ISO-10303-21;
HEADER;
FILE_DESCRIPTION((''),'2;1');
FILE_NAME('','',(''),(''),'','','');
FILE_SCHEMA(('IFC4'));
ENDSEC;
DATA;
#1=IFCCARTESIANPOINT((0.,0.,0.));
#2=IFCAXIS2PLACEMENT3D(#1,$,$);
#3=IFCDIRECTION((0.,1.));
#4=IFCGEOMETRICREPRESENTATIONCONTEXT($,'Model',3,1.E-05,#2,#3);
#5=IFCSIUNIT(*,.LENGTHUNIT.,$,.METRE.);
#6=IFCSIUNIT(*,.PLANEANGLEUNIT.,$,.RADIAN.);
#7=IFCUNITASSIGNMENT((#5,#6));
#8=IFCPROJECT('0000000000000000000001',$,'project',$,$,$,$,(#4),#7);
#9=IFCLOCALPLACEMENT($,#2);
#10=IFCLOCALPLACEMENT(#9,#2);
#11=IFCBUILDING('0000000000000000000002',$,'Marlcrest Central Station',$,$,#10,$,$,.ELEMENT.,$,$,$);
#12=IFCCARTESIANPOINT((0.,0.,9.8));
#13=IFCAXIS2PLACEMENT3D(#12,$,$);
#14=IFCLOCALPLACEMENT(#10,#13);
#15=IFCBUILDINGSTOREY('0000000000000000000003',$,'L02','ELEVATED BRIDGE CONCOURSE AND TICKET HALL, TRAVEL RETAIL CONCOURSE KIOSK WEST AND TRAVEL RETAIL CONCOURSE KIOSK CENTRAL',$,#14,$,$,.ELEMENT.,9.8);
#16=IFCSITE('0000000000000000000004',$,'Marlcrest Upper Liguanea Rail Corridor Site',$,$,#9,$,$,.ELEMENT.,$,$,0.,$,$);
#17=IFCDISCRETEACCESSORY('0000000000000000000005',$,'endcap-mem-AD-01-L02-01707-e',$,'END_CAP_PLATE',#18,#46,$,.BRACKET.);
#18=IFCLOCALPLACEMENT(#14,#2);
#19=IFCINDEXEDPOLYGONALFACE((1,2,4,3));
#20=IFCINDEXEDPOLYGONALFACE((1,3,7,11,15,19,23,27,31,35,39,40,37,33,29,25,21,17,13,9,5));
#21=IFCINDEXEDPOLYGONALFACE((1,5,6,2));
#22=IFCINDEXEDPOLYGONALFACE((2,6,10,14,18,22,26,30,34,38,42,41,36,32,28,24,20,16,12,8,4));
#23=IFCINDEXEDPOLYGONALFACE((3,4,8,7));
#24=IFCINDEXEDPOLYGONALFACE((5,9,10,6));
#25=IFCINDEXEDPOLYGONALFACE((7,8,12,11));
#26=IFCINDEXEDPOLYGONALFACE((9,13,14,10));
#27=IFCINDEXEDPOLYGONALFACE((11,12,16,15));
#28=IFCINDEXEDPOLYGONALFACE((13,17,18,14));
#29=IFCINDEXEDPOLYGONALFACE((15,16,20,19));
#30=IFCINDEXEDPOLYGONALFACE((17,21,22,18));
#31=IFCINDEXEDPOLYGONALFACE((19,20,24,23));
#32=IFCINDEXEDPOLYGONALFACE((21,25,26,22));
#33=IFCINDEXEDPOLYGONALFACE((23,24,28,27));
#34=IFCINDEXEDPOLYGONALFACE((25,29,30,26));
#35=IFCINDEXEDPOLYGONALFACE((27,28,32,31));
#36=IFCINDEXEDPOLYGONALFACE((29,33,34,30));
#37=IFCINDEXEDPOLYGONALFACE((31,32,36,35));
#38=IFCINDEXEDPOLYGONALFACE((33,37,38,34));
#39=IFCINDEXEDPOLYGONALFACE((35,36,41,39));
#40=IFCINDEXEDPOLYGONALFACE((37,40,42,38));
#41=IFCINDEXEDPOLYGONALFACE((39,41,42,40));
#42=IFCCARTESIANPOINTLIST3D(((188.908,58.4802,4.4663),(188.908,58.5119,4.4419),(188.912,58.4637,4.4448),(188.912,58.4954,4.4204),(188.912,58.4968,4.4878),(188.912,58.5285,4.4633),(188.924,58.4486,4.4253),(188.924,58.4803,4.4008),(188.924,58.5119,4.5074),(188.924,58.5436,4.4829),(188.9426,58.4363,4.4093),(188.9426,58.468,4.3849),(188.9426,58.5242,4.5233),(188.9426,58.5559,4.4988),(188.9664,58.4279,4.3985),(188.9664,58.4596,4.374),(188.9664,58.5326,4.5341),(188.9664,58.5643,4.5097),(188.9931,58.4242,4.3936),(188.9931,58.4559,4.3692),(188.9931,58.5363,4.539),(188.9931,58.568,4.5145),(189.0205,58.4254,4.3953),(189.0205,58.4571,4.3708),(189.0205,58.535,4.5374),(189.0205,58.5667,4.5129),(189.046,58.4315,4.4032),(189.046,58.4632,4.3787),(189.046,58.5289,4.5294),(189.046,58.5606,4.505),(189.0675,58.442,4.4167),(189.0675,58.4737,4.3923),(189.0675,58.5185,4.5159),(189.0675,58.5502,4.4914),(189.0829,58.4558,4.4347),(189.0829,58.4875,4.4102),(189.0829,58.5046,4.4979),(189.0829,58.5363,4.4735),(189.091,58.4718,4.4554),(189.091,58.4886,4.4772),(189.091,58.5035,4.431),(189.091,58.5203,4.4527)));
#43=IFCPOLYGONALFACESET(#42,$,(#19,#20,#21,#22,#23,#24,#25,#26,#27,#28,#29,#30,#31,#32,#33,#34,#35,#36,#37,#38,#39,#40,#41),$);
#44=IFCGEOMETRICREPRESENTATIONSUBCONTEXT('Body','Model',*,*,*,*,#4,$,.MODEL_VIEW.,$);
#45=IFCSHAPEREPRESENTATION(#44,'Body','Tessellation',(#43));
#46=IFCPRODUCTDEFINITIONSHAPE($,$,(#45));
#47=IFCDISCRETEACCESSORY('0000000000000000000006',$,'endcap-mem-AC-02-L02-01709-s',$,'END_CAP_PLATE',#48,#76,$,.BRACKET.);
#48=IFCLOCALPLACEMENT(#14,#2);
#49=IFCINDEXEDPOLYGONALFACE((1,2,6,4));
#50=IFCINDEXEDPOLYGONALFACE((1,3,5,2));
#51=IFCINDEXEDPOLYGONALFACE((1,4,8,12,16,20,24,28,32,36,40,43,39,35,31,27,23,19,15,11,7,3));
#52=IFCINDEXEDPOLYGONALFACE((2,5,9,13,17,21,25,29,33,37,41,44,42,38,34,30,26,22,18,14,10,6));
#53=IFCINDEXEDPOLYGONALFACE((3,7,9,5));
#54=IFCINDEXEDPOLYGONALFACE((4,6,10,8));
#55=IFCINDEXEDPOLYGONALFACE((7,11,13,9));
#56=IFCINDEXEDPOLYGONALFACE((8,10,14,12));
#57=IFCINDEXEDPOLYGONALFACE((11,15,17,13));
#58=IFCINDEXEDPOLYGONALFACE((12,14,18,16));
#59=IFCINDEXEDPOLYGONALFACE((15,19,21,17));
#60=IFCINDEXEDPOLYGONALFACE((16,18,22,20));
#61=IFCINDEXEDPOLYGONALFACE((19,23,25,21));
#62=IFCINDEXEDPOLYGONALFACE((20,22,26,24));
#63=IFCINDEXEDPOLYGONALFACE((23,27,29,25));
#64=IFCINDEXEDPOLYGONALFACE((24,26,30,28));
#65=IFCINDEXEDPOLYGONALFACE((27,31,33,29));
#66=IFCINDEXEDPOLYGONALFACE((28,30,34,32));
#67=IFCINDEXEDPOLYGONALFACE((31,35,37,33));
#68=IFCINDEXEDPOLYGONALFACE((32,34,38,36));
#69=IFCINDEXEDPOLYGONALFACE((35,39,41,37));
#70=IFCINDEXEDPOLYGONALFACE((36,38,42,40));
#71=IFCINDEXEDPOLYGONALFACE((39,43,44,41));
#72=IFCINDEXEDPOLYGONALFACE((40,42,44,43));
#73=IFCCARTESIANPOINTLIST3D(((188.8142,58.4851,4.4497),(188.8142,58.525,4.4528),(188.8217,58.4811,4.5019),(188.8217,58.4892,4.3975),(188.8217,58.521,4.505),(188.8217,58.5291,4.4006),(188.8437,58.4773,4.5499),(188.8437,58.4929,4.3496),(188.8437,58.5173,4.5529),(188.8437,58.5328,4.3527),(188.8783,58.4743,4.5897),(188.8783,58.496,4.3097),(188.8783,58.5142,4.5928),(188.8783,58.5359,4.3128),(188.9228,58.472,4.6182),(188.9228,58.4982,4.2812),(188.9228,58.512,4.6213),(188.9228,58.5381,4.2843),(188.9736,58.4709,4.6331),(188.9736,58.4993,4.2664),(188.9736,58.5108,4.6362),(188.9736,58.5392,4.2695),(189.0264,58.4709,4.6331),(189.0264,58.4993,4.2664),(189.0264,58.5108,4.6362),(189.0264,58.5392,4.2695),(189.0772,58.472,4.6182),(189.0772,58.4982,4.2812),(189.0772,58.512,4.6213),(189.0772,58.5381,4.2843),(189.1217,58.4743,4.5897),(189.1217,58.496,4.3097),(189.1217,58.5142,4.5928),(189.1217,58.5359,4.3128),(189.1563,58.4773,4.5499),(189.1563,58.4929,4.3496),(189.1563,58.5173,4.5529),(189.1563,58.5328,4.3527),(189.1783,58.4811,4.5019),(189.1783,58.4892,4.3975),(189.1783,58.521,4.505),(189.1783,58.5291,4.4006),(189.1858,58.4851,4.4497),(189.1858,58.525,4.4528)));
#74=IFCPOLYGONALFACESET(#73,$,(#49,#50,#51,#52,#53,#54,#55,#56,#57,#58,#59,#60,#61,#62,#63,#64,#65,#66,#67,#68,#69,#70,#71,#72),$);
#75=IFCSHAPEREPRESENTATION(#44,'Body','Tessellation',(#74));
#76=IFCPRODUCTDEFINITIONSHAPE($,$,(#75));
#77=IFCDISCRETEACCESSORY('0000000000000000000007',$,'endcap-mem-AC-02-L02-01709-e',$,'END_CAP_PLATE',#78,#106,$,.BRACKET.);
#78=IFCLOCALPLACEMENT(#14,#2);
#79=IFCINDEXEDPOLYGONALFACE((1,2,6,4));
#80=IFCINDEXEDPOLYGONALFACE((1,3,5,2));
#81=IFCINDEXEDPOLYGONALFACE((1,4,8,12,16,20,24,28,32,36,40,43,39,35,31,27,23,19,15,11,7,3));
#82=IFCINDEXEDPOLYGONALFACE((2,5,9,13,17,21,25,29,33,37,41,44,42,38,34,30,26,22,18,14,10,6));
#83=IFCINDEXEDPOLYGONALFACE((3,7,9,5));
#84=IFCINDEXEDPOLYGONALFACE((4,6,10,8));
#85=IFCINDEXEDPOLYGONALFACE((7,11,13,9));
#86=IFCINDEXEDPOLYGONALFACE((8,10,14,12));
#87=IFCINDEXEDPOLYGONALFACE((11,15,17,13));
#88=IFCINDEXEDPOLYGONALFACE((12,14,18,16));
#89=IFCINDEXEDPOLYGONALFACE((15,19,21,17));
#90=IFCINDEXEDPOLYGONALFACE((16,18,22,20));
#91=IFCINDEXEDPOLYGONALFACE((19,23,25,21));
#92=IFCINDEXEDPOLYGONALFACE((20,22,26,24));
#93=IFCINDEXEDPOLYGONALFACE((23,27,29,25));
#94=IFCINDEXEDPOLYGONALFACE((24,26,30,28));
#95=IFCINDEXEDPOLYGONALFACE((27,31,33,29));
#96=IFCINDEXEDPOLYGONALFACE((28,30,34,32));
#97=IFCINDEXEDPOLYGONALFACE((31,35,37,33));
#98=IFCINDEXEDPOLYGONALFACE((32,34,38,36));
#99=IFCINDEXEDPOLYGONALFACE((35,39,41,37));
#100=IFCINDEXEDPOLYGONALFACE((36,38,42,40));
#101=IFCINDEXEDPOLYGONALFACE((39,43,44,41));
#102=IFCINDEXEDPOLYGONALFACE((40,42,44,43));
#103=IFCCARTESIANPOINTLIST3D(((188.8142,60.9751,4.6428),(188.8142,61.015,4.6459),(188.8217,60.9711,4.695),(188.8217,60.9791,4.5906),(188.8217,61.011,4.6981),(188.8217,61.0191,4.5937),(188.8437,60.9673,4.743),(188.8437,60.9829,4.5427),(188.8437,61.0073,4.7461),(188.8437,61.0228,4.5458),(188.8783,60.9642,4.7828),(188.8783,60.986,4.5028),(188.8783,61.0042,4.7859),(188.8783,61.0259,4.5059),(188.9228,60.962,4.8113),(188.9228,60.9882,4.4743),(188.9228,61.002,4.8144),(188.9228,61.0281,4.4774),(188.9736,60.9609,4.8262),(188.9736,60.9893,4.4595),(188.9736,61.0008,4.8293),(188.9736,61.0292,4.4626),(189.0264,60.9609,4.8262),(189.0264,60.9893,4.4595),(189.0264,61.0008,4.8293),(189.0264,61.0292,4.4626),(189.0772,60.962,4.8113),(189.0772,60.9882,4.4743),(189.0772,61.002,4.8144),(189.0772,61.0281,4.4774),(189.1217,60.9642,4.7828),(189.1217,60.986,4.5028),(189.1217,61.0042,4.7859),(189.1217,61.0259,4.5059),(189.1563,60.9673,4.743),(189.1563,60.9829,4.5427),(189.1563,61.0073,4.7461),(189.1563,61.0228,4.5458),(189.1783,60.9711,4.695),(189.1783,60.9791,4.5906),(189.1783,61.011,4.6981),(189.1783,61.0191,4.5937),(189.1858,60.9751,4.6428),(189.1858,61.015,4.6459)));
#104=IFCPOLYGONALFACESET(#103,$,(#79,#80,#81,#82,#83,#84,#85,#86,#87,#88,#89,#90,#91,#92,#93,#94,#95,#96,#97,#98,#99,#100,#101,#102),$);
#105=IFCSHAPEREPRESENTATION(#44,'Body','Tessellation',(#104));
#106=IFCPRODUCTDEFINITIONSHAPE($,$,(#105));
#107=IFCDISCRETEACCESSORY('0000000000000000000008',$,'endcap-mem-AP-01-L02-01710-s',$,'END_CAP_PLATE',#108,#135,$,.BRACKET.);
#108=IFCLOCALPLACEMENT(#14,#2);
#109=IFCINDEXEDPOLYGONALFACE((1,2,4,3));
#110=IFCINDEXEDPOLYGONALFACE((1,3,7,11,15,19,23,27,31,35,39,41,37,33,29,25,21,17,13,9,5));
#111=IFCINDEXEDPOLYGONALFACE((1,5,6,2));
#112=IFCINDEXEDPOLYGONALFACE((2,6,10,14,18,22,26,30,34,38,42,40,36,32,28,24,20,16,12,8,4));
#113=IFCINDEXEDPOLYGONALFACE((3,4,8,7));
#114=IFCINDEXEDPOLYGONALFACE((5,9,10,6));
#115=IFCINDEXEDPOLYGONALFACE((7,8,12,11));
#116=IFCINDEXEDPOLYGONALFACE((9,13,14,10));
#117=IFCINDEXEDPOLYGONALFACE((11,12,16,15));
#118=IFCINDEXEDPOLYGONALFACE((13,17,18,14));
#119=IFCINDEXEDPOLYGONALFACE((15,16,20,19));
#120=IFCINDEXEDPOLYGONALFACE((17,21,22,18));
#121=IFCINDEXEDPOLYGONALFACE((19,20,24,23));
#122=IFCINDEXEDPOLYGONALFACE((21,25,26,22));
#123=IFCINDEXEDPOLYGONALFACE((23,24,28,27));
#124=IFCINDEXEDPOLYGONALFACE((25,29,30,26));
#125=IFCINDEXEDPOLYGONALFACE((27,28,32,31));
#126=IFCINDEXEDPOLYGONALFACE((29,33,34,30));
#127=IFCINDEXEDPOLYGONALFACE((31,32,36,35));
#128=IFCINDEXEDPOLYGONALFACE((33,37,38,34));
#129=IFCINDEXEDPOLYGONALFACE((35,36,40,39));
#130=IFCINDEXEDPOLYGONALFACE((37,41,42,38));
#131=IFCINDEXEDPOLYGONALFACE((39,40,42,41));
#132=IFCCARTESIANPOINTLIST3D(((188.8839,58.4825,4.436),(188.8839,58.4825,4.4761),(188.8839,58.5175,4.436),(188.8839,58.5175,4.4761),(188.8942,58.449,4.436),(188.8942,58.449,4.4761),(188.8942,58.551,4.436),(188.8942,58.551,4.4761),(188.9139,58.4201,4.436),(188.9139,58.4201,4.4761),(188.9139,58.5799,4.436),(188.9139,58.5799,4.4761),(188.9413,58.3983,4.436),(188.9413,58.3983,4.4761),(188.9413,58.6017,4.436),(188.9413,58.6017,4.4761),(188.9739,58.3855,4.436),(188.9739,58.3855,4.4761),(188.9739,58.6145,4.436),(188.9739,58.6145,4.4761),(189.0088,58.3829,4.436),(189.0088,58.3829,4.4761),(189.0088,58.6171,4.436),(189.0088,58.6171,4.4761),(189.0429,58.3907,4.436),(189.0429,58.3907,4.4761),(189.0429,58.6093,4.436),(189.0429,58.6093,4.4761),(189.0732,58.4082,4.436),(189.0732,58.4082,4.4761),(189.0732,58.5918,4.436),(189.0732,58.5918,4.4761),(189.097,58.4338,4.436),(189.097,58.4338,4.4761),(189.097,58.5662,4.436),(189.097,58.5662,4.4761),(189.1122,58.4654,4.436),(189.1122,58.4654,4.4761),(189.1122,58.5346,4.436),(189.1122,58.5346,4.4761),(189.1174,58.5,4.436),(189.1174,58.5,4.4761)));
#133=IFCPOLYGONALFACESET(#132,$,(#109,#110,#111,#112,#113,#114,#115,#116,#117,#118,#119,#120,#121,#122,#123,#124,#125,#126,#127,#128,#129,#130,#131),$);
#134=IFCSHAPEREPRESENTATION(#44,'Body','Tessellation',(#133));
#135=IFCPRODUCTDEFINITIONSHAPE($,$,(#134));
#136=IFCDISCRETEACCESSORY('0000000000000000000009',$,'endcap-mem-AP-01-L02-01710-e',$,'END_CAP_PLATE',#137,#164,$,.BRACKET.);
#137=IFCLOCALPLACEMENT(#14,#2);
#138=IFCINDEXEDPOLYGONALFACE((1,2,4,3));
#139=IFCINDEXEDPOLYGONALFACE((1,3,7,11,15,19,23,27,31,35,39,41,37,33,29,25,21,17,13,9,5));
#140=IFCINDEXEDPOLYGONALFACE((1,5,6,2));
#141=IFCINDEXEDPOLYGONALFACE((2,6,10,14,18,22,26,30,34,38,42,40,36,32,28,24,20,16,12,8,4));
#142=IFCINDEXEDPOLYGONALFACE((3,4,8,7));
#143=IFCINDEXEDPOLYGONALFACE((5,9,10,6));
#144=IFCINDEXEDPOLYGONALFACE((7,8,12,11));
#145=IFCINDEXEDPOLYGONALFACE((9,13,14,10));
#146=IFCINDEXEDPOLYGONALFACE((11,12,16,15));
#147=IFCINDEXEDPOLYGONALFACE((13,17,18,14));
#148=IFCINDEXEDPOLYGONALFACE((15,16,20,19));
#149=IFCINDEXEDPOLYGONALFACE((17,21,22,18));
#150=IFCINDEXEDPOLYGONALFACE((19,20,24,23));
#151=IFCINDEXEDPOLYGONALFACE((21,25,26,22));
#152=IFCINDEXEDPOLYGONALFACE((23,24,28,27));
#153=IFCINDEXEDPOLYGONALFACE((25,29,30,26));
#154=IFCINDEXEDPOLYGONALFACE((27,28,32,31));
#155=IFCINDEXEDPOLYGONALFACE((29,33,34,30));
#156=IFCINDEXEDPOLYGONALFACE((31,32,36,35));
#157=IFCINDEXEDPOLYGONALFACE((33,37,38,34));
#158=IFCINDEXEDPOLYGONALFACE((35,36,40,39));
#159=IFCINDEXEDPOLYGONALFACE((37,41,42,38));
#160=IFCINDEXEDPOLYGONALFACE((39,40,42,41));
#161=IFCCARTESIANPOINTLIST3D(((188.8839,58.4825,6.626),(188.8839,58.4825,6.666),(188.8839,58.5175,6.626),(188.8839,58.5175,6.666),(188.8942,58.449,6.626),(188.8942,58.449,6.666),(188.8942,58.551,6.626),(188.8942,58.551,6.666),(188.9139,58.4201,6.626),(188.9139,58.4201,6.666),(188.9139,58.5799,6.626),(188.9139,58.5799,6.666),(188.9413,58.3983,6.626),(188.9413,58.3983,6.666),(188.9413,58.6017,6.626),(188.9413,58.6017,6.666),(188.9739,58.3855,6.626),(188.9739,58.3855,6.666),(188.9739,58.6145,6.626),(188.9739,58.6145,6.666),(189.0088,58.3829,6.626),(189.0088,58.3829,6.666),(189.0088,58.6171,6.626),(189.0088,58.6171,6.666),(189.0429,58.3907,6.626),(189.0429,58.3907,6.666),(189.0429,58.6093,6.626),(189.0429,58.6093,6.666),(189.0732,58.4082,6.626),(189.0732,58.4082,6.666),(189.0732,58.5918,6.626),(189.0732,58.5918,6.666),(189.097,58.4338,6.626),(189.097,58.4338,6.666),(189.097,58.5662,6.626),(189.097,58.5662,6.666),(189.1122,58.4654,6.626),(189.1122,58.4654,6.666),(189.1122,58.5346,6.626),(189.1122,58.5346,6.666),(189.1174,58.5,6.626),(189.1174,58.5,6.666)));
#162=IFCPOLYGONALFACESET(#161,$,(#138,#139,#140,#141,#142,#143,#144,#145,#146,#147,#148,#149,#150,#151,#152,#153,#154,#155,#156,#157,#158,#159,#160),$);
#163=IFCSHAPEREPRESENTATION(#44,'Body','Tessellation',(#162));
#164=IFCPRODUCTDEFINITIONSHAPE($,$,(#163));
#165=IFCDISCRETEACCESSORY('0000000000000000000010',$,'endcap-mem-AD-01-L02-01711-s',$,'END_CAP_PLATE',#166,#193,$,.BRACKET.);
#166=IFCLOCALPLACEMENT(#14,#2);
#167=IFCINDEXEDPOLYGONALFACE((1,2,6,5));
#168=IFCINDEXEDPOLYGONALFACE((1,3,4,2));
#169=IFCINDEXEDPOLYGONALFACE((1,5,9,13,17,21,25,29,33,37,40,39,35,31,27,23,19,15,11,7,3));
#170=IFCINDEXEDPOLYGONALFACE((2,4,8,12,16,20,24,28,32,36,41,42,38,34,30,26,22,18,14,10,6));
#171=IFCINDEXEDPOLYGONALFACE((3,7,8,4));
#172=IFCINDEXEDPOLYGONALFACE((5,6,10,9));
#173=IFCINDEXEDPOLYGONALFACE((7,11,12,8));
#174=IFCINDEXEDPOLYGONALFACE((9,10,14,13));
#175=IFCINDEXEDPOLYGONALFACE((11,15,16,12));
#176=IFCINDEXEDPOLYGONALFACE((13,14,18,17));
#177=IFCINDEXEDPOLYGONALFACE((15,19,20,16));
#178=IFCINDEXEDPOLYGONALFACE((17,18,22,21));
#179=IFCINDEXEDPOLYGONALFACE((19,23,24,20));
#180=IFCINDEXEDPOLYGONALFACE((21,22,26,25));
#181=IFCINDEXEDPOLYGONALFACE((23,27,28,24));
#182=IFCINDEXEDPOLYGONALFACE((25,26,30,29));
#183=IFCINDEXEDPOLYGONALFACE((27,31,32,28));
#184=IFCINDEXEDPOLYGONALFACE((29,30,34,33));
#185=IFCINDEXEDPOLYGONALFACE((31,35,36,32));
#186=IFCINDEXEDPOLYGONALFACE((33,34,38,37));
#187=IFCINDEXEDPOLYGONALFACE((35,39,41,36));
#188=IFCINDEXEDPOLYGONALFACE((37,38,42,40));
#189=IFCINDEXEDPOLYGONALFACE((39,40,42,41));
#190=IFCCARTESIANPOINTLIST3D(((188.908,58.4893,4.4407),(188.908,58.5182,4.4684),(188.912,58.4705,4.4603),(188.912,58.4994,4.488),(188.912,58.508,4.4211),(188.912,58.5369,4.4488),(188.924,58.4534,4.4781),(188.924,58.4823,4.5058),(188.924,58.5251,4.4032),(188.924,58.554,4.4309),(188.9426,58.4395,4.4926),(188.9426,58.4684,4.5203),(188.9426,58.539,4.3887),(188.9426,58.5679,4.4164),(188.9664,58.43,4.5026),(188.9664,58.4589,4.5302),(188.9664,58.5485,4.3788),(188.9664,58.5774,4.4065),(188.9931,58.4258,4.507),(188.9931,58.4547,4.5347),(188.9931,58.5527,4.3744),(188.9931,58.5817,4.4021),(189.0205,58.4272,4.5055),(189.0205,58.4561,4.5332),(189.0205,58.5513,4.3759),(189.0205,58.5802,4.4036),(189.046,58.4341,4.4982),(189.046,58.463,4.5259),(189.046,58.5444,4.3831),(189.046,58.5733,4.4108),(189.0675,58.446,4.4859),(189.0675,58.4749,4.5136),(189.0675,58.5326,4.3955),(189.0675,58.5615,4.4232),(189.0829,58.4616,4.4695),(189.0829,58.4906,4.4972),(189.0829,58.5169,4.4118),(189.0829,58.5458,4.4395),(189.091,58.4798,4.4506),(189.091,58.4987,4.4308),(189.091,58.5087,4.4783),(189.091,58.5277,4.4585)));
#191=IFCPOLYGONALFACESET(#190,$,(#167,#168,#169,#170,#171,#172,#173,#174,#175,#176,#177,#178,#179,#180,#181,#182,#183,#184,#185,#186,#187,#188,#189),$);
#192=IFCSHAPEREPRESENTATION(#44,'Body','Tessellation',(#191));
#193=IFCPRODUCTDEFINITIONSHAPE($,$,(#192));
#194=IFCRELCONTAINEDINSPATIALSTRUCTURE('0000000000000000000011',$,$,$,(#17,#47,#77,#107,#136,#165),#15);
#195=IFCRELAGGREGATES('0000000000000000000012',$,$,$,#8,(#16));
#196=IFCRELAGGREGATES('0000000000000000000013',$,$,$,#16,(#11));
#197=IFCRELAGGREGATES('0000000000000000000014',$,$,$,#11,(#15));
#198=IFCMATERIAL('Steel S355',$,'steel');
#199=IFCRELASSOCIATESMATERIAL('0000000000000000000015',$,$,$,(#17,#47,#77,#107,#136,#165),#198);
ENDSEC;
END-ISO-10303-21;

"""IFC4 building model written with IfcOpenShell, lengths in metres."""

from ifc_helpers import new_model, si_unit, direction, frame, origin, origin_2d, place, context, subcontext, project, spatial, circle, extrude, material, element, save


model = new_model("IFC4")

# Units and contexts
model_context = context("Model", 3, precision=1e-05, world=origin(), true_north=direction((0.0, 1.0)))
body_context = subcontext(model_context, "Body", "Model", "MODEL_VIEW")
ifc_project = project(units=[si_unit("LENGTHUNIT", "METRE"), si_unit("PLANEANGLEUNIT", "RADIAN")], contexts=[model_context])

# Site, building, storey
site_placement = place(None, origin())
site = spatial("IfcSite", under=ifc_project, at=site_placement, Name="Marlcrest Upper Liguanea Rail Corridor Site", CompositionType="ELEMENT", RefElevation=0.0)
building_placement = place(site_placement, origin())
building = spatial("IfcBuilding", under=site, at=building_placement, Name="Marlcrest Central Station", CompositionType="ELEMENT")
storey_placement = place(building_placement, frame((0.0, 0.0, 9.8)))
storey = spatial("IfcBuildingStorey", under=building, at=storey_placement, Name="L02", Description="ELEVATED BRIDGE CONCOURSE AND TICKET HALL, TRAVEL RETAIL CONCOURSE KIOSK WEST AND TRAVEL RETAIL CONCOURSE KIOSK CENTRAL", CompositionType="ELEMENT", Elevation=9.8)

# Shared definitions
ifc_material = material(Name="Steel S355", Category="steel")

# Discrete accessories
discrete_accessory_1_placement = place(storey_placement, frame((189.0, 58.4802, 4.4663), z_axis=(0.0, 0.791798, -0.610783), x_axis=(-1.0, 0.0, 0.0)))
element("IfcDiscreteAccessory", 1, at=discrete_accessory_1_placement, inside=storey, material=ifc_material, Name="endcap-mem-AD-01-L02-01707-e", ObjectType="END_CAP_PLATE", PredefinedType="BRACKET", context=body_context, shape_type="SweptSolid", body=[
    extrude(circle(Radius=0.092, at=origin_2d()), origin(), (0.0, 0.0, 1.0), 0.04),
])
for number, where, z_axis, x_axis, name in (
    (2, (189.0, 58.4851, 4.4497), (0.0, 0.997007, 0.077307), (-1.0, 0.0, 0.0), "endcap-mem-AC-02-L02-01709-s"),
    (3, (189.0, 60.9751, 4.6428), (0.0, 0.997007, 0.077307), (-1.0, 0.0, 0.0), "endcap-mem-AC-02-L02-01709-e"),
):
    element("IfcDiscreteAccessory", number, at=place(storey_placement, frame(where, z_axis=z_axis, x_axis=x_axis)), inside=storey, material=ifc_material, Name=name, ObjectType="END_CAP_PLATE", PredefinedType="BRACKET", context=body_context, shape_type="SweptSolid", body=[
        extrude(circle(Radius=0.1858, at=origin_2d()), origin(), (0.0, 0.0, 1.0), 0.04),
    ])
for number, where, z_axis, x_axis, name in (
    (4, (189.0, 58.5, 4.436), (0.0, 0.0, 1.0), (1.0, 0.0, 0.0), "endcap-mem-AP-01-L02-01710-s"),
    (5, (189.0, 58.5, 6.626), (0.0, 0.0, 1.0), (1.0, 0.0, 0.0), "endcap-mem-AP-01-L02-01710-e"),
):
    element("IfcDiscreteAccessory", number, at=place(storey_placement, frame(where, z_axis=z_axis, x_axis=x_axis)), inside=storey, material=ifc_material, Name=name, ObjectType="END_CAP_PLATE", PredefinedType="BRACKET", context=body_context, shape_type="SweptSolid", body=[
        extrude(circle(Radius=0.1174, at=origin_2d()), origin(), (0.0, 0.0, 1.0), 0.04),
    ])
for number, where, z_axis, x_axis, name in (
    (6, (189.0, 58.4893, 4.4407), (0.0, 0.722247, 0.691636), (-1.0, 0.0, 0.0), "endcap-mem-AD-01-L02-01711-s"),
):
    element("IfcDiscreteAccessory", number, at=place(storey_placement, frame(where, z_axis=z_axis, x_axis=x_axis)), inside=storey, material=ifc_material, Name=name, ObjectType="END_CAP_PLATE", PredefinedType="BRACKET", context=body_context, shape_type="SweptSolid", body=[
        extrude(circle(Radius=0.092, at=origin_2d()), origin(), (0.0, 0.0, 1.0), 0.04),
    ])

save(model, "model.ifc")
